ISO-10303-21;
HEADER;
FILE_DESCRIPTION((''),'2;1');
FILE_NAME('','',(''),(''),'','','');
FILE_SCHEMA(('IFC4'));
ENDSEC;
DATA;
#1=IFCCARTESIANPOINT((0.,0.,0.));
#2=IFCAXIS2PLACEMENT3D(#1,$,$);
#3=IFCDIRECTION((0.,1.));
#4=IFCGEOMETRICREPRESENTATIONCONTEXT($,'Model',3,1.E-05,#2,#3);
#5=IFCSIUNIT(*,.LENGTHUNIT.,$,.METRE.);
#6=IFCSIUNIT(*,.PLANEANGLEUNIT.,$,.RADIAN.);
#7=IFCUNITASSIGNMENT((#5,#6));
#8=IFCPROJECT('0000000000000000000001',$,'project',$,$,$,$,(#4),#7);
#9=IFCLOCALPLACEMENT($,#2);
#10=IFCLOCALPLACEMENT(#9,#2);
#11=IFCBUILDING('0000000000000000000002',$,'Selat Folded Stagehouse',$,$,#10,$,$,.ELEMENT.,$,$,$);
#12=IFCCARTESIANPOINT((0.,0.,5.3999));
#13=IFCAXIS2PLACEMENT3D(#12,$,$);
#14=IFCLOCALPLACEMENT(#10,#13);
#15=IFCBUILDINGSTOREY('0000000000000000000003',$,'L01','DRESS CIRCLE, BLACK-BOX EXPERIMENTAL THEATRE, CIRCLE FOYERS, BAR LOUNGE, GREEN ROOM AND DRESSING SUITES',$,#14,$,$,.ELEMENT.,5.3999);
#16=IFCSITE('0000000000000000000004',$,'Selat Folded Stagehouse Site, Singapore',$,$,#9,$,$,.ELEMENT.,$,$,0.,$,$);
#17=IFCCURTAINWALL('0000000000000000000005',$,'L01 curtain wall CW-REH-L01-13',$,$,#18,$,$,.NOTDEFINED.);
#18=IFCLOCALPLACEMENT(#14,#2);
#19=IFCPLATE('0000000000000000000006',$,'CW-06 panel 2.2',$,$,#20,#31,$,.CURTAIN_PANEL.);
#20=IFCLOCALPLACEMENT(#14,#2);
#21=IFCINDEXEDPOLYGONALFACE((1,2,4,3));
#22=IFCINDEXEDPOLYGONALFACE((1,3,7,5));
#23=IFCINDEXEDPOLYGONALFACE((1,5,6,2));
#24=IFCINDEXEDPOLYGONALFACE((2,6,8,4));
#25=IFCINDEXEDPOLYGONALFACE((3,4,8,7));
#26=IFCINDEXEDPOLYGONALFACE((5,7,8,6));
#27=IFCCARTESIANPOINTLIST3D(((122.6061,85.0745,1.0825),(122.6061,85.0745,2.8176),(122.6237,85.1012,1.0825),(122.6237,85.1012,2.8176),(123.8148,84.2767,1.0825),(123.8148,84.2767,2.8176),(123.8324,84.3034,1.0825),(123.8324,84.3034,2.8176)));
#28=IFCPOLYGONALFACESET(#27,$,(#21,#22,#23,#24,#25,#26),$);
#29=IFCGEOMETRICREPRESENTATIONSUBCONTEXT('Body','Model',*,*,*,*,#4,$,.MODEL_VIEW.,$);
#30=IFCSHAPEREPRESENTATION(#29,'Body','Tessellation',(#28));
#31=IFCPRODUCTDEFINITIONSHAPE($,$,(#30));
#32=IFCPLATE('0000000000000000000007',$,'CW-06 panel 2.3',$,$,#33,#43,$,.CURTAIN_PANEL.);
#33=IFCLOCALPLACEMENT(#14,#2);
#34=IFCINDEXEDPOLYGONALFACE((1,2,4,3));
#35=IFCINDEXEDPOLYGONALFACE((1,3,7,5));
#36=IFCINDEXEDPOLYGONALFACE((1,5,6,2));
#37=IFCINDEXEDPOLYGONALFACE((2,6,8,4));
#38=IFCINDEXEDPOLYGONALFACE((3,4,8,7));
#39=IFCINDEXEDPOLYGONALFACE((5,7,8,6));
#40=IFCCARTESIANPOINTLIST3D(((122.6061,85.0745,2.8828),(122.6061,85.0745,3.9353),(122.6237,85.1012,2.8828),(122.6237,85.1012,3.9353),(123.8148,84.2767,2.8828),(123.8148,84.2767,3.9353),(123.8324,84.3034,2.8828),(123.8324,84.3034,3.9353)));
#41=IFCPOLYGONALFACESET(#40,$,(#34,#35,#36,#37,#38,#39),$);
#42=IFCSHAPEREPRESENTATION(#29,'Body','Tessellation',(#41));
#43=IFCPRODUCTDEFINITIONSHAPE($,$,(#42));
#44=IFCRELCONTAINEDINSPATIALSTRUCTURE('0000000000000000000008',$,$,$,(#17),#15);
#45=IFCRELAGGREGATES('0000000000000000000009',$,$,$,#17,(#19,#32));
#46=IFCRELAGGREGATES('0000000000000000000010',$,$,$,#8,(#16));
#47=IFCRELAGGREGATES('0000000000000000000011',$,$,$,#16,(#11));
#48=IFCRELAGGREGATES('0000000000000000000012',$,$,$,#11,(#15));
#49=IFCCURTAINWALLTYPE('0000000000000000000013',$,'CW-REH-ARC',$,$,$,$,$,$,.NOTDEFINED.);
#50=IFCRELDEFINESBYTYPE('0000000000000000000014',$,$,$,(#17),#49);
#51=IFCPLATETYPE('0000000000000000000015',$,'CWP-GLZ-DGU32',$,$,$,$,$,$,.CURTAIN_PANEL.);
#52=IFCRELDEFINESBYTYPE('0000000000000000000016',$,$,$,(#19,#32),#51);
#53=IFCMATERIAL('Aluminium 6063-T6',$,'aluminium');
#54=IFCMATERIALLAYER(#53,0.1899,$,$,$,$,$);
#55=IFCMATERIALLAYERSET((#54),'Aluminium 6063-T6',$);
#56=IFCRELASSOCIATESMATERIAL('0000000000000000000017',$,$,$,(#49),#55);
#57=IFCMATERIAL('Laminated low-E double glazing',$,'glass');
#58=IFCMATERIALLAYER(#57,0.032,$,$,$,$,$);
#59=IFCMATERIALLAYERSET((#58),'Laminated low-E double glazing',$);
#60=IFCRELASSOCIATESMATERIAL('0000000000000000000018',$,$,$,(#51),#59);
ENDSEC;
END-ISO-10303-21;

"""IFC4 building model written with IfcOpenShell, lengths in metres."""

from ifc_helpers import new_model, si_unit, direction, frame, origin, origin_2d, place, context, subcontext, project, spatial, rectangle, extrude, material, layer, layer_set, type_object, element, aggregate, save


model = new_model("IFC4")

# Units and contexts
model_context = context("Model", 3, precision=1e-05, world=origin(), true_north=direction((0.0, 1.0)))
body_context = subcontext(model_context, "Body", "Model", "MODEL_VIEW")
ifc_project = project(units=[si_unit("LENGTHUNIT", "METRE"), si_unit("PLANEANGLEUNIT", "RADIAN")], contexts=[model_context])

# Site, building, storey
site_placement = place(None, origin())
site = spatial("IfcSite", under=ifc_project, at=site_placement, Name="Selat Folded Stagehouse Site, Singapore", CompositionType="ELEMENT", RefElevation=0.0)
building_placement = place(site_placement, origin())
building = spatial("IfcBuilding", under=site, at=building_placement, Name="Selat Folded Stagehouse", CompositionType="ELEMENT")
storey_placement = place(building_placement, frame((0.0, 0.0, 5.3999)))
storey = spatial("IfcBuildingStorey", under=building, at=storey_placement, Name="L01", Description="DRESS CIRCLE, BLACK-BOX EXPERIMENTAL THEATRE, CIRCLE FOYERS, BAR LOUNGE, GREEN ROOM AND DRESSING SUITES", CompositionType="ELEMENT", Elevation=5.3999)

# Curtain wall, plates
ifc_material_1 = material(Name="Aluminium 6063-T6", Category="aluminium")
ifc_layer_1 = layer(ifc_material_1, 0.1899)
ifc_layer_set_1 = layer_set([ifc_layer_1], Name="Aluminium 6063-T6")
curtain_wall_type = type_object("IfcCurtainWallType", Name="CW-REH-ARC", PredefinedType="NOTDEFINED", material=ifc_layer_set_1)
curtain_wall_placement = place(storey_placement, origin())
curtain_wall = element("IfcCurtainWall", 1, at=curtain_wall_placement, inside=storey, type_object=curtain_wall_type, Name="L01 curtain wall CW-REH-L01-13", PredefinedType="NOTDEFINED")
ifc_material_2 = material(Name="Laminated low-E double glazing", Category="glass")
ifc_layer_2 = layer(ifc_material_2, 0.032)
ifc_layer_set_2 = layer_set([ifc_layer_2], Name="Laminated low-E double glazing")
plate_type = type_object("IfcPlateType", Name="CWP-GLZ-DGU32", PredefinedType="CURTAIN_PANEL", material=ifc_layer_set_2)
plate_1_placement = place(storey_placement, frame((123.2192, 84.689, 1.0825), z_axis=(0.0, 0.0, 1.0), x_axis=(-0.834581, 0.550885, 0.0)))
plate_1 = element("IfcPlate", 2, at=plate_1_placement, type_object=plate_type, Name="CW-06 panel 2.2", PredefinedType="CURTAIN_PANEL", context=body_context, shape_type="SweptSolid", body=[
    extrude(rectangle(XDim=1.4482, YDim=0.032, at=origin_2d()), origin(), (0.0, 0.0, 1.0), 1.7351),
])
plate_2_placement = place(storey_placement, frame((123.2192, 84.689, 2.8828), z_axis=(0.0, 0.0, 1.0), x_axis=(-0.834581, 0.550885, 0.0)))
plate_2 = element("IfcPlate", 3, at=plate_2_placement, type_object=plate_type, Name="CW-06 panel 2.3", PredefinedType="CURTAIN_PANEL", context=body_context, shape_type="SweptSolid", body=[
    extrude(rectangle(XDim=1.4482, YDim=0.032, at=origin_2d()), origin(), (0.0, 0.0, 1.0), 1.0525),
])
aggregate(curtain_wall, [plate_1, plate_2])

save(model, "model.ifc")
